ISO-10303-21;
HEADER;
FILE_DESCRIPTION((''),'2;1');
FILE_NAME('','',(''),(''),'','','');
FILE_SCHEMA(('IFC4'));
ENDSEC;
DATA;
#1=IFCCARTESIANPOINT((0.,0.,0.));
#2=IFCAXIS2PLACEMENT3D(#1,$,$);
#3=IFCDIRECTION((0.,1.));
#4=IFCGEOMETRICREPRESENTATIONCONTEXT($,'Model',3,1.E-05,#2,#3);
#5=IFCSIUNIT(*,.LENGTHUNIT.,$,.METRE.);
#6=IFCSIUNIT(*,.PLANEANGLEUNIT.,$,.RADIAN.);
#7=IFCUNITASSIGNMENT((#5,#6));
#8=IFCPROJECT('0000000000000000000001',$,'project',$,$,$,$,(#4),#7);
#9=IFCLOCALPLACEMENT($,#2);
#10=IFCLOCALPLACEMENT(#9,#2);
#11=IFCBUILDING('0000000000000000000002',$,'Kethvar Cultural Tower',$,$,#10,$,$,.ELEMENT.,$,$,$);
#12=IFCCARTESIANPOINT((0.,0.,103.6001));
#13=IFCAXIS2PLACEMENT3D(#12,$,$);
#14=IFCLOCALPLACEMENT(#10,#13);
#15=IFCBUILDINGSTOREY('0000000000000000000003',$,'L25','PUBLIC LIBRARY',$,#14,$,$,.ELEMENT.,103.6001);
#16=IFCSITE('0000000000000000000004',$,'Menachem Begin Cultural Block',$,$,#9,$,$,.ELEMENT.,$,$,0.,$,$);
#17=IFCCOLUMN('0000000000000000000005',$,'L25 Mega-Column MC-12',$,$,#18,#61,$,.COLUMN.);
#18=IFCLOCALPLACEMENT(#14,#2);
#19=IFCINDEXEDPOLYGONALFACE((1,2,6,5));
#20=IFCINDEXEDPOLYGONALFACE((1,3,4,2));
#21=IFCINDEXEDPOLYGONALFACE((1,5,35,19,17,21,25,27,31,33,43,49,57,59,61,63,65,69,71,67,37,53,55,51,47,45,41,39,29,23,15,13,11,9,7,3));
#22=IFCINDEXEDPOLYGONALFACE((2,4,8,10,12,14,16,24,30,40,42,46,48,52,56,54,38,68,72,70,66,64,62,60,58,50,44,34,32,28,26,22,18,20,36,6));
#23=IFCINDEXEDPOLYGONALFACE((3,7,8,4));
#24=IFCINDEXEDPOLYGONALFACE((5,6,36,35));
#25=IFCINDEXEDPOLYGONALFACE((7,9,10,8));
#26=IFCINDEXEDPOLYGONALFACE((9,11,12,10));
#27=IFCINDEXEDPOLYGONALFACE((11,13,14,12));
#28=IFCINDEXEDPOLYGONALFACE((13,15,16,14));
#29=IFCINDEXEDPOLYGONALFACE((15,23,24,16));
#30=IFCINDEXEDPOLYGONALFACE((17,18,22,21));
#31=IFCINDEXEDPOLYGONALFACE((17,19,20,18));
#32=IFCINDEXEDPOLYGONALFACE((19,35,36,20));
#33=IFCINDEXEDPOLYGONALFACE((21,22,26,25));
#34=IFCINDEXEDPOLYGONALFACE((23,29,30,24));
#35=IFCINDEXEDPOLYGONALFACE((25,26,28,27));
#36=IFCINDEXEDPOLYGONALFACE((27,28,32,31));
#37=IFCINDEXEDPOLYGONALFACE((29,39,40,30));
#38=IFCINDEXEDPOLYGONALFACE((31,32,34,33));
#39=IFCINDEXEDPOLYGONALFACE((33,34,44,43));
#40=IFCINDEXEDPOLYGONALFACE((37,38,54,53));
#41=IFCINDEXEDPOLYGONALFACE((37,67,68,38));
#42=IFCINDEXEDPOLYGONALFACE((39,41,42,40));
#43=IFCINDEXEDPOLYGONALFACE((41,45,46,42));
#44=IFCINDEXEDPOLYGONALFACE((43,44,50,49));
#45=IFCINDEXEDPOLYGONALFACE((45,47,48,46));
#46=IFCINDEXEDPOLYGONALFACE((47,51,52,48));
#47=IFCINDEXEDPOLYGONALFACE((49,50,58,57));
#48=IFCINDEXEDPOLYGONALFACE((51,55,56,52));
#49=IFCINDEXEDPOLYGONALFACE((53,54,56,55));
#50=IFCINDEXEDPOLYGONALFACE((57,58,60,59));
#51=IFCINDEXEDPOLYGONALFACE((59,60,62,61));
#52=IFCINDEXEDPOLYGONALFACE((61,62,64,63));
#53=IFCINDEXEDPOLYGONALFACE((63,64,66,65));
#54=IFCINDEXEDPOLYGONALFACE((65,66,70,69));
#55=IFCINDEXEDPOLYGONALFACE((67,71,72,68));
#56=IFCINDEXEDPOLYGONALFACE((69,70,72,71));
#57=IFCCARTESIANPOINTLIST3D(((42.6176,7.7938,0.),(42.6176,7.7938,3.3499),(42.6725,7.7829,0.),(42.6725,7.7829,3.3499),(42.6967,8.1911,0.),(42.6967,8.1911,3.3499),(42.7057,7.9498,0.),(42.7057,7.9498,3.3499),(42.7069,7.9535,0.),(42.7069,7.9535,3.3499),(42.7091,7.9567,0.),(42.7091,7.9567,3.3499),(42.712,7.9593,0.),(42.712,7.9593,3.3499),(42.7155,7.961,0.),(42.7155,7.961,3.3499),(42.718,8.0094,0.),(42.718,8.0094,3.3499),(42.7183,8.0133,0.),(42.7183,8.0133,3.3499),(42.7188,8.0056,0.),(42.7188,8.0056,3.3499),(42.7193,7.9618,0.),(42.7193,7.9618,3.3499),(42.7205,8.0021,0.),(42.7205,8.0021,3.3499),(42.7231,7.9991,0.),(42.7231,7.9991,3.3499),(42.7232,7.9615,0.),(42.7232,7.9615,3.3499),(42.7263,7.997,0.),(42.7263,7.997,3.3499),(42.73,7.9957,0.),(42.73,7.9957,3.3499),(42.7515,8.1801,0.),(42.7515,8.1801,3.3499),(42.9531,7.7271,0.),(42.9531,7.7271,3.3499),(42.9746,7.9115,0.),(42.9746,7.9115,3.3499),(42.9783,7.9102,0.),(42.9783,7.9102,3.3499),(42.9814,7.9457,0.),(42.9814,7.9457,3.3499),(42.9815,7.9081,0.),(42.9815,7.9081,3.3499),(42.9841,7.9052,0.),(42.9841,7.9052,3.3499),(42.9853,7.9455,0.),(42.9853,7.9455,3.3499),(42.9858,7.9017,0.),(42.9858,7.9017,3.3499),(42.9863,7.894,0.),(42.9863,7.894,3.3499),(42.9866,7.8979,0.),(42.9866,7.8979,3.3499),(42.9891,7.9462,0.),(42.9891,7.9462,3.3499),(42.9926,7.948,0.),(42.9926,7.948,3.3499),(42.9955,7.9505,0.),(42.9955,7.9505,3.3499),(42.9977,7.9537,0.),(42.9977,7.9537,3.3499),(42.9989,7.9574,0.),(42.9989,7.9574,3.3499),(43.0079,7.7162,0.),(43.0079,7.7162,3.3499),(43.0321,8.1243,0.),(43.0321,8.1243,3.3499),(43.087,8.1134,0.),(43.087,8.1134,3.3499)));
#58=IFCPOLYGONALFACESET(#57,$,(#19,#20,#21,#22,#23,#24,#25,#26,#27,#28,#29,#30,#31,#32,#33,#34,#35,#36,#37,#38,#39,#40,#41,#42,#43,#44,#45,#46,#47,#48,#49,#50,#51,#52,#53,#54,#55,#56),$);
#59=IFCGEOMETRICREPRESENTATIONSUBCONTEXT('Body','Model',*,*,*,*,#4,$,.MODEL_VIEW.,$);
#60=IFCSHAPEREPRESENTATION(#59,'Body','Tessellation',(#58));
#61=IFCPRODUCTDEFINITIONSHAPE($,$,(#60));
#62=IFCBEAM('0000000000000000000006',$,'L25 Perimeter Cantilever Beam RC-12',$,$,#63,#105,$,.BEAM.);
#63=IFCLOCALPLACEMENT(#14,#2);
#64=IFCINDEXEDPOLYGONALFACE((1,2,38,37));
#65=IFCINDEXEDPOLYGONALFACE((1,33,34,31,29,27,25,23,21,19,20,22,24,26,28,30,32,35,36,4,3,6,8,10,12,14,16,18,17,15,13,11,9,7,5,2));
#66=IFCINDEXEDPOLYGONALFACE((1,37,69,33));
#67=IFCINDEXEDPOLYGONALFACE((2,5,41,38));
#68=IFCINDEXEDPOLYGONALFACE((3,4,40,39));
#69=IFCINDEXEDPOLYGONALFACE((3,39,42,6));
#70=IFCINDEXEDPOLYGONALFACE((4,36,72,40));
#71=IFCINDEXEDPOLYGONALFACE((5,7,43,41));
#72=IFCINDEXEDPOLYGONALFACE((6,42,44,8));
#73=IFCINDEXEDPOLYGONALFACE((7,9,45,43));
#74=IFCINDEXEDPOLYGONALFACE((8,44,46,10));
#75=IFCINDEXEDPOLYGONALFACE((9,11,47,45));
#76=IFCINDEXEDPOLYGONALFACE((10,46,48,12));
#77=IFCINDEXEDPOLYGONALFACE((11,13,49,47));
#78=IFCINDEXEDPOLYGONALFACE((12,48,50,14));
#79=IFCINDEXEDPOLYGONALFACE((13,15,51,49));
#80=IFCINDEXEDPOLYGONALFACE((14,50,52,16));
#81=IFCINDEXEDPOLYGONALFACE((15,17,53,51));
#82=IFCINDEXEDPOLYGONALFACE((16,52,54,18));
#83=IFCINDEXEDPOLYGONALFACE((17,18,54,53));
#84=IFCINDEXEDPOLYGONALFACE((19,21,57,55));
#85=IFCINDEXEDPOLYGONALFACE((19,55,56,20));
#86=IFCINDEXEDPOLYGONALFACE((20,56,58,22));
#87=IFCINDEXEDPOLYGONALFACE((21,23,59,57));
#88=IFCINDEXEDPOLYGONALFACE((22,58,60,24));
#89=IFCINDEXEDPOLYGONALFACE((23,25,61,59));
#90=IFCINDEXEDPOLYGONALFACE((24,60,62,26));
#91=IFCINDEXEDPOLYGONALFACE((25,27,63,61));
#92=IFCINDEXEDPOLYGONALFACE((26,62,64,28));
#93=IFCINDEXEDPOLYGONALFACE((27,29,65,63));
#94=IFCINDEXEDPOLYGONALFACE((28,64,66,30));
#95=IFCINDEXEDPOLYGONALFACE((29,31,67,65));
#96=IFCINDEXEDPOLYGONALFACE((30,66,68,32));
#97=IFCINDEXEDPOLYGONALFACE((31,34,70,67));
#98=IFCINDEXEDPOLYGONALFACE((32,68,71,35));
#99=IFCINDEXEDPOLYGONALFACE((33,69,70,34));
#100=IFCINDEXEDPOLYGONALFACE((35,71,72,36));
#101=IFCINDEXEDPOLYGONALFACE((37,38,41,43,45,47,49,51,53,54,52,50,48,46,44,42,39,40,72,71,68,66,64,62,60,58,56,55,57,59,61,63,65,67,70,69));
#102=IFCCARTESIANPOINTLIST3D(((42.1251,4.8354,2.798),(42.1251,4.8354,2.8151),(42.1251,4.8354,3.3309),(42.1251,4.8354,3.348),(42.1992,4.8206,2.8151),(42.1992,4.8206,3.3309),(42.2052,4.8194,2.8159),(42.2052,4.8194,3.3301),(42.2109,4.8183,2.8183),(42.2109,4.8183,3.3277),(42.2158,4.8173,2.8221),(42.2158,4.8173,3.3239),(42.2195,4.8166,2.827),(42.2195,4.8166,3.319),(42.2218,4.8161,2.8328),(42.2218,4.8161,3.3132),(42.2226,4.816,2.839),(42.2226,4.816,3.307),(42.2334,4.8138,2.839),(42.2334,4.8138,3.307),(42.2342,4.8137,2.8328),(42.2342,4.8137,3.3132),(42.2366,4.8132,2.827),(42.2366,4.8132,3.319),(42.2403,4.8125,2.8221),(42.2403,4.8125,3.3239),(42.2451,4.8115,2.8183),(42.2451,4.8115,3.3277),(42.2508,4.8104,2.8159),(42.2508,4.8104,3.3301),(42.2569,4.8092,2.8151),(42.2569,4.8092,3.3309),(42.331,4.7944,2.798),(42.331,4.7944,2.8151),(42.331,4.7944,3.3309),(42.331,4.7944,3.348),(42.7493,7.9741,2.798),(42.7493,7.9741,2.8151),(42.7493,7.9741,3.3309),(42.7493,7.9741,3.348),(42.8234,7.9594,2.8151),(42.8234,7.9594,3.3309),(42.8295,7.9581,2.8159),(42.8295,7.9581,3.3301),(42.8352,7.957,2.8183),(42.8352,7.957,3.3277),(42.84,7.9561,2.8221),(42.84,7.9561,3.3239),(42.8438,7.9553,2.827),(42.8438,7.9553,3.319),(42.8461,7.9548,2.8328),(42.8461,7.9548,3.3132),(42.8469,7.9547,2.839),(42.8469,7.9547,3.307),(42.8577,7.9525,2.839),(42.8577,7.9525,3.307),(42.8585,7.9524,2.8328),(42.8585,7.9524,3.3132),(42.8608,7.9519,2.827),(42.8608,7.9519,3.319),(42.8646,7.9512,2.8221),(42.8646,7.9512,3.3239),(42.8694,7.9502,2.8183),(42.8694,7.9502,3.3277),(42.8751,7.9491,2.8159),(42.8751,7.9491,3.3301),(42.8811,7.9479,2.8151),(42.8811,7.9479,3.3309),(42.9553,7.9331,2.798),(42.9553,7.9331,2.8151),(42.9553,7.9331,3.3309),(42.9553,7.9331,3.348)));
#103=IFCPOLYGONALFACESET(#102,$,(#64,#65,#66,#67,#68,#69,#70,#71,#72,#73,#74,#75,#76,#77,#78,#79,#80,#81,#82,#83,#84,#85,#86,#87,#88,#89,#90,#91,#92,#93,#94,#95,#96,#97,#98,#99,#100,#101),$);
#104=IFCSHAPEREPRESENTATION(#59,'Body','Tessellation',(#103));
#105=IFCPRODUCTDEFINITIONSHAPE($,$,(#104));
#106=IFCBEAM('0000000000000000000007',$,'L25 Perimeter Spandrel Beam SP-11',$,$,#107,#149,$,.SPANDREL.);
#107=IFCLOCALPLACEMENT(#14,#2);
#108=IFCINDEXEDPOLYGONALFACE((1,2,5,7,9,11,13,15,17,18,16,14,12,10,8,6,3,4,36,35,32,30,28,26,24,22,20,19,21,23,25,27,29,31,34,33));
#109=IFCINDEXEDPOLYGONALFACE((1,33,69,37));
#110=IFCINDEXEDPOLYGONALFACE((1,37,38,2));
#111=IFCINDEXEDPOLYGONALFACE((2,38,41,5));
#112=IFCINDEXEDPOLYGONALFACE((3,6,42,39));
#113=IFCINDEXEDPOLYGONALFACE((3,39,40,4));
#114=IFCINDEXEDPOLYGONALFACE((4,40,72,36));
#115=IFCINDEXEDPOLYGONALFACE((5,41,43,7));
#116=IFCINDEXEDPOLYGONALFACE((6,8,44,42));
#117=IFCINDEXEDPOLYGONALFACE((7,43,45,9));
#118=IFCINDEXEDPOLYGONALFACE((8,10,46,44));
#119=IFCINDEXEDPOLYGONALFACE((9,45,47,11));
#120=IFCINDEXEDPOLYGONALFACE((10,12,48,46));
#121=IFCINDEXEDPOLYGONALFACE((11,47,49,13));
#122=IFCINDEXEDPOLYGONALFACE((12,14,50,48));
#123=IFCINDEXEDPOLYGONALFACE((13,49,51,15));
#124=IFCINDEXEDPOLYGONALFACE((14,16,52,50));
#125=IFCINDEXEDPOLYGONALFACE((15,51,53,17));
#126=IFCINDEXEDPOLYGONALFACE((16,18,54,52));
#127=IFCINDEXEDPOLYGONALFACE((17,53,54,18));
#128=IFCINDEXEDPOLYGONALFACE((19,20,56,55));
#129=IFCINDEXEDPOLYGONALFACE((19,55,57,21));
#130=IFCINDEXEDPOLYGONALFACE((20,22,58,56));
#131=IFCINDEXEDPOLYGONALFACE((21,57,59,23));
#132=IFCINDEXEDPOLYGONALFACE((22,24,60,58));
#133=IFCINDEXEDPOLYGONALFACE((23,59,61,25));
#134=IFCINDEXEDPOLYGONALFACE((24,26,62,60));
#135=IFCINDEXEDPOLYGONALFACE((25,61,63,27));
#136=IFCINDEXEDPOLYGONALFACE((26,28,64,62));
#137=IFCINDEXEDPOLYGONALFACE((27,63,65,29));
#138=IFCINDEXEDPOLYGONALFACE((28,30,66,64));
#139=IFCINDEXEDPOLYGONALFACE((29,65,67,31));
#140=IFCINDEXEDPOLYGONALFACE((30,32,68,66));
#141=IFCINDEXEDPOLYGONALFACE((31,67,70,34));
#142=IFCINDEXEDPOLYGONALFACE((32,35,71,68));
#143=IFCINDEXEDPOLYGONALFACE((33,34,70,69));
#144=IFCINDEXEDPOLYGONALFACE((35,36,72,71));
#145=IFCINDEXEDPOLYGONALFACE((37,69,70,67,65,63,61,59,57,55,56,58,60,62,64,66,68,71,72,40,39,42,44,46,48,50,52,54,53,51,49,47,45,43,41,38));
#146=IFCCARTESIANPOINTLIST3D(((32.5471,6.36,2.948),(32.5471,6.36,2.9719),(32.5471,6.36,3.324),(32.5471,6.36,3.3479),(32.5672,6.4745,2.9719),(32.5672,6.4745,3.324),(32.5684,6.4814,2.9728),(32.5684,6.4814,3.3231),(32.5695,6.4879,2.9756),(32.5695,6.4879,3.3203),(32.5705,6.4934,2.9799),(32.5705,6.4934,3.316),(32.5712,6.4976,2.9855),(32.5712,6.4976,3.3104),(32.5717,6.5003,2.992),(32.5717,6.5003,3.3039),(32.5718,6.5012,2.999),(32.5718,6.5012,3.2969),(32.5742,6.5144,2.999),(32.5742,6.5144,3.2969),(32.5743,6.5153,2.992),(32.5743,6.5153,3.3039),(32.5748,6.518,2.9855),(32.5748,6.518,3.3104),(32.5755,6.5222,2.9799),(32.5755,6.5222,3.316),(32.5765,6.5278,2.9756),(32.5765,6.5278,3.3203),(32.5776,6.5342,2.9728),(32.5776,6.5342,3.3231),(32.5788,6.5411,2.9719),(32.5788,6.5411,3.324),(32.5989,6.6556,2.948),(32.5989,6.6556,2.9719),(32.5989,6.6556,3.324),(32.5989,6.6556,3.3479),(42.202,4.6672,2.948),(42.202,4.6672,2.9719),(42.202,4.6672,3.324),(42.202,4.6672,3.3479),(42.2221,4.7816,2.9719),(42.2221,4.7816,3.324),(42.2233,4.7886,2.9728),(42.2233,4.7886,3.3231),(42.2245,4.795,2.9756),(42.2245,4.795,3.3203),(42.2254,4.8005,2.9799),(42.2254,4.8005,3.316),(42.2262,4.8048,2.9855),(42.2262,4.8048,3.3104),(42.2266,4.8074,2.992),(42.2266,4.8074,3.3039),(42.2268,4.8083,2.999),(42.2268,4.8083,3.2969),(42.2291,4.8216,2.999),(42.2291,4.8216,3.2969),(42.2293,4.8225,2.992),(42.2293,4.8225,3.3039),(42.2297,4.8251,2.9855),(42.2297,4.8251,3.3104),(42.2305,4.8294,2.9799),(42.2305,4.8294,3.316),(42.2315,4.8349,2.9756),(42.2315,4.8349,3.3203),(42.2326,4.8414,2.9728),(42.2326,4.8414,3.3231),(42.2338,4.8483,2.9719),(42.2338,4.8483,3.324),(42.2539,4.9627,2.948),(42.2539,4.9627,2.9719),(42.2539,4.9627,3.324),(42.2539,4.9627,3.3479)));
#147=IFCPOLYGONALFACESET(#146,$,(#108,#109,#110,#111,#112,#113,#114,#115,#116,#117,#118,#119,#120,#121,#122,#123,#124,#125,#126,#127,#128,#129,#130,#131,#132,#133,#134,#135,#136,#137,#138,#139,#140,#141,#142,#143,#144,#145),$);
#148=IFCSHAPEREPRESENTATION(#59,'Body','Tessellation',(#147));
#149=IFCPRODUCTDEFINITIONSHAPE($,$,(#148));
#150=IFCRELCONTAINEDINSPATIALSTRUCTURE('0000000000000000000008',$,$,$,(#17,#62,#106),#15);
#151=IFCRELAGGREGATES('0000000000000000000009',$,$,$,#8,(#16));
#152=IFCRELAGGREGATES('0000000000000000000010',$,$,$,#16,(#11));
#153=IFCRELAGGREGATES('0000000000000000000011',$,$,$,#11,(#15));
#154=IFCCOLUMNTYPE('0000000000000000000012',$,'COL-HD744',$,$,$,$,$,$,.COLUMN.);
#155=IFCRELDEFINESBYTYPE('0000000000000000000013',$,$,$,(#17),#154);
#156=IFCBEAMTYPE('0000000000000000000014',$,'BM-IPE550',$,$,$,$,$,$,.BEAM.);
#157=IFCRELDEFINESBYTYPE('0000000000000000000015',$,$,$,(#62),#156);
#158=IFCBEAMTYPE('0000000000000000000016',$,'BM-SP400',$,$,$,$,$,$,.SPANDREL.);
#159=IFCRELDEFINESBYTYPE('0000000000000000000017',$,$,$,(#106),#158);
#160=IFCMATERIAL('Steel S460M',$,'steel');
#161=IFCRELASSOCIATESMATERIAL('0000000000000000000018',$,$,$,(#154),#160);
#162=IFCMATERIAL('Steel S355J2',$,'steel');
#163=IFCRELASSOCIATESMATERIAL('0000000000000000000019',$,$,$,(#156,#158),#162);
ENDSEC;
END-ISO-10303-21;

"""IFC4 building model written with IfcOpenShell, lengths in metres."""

from ifc_helpers import new_model, si_unit, direction, frame, origin, origin_2d, place, context, subcontext, project, spatial, i_section, extrude, source, transform, mapped, material, material_profile, profile_set, type_object, element, save


model = new_model("IFC4")

# Units and contexts
model_context = context("Model", 3, precision=1e-05, world=origin(), true_north=direction((0.0, 1.0)))
body_context = subcontext(model_context, "Body", "Model", "MODEL_VIEW")
ifc_project = project(units=[si_unit("LENGTHUNIT", "METRE"), si_unit("PLANEANGLEUNIT", "RADIAN")], contexts=[model_context])

# Site, building, storey
site_placement = place(None, origin())
site = spatial("IfcSite", under=ifc_project, at=site_placement, Name="Menachem Begin Cultural Block", CompositionType="ELEMENT", RefElevation=0.0)
building_placement = place(site_placement, origin())
building = spatial("IfcBuilding", under=site, at=building_placement, Name="Kethvar Cultural Tower", CompositionType="ELEMENT")
storey_placement = place(building_placement, frame((0.0, 0.0, 103.6001)))
storey = spatial("IfcBuildingStorey", under=building, at=storey_placement, Name="L25", Description="PUBLIC LIBRARY", CompositionType="ELEMENT", Elevation=103.6001)

# Column
ifc_material_1 = material(Name="Steel S460M", Category="steel")
ifc_material_profile_1 = material_profile(ifc_material_1, i_section(OverallWidth=0.405, OverallDepth=0.3979, WebThickness=0.0349, FlangeThickness=0.0559, FilletRadius=0.0149, at=origin_2d()), Name="Steel S460M — HD400x744")
ifc_profile_set_1 = profile_set([ifc_material_profile_1], Name="Steel S460M — HD400x744")
column_type = type_object("IfcColumnType", Name="COL-HD744", PredefinedType="COLUMN", material=ifc_profile_set_1)
shared_shape_1 = source(origin(), body_context, "Body", "SweptSolid", [
    extrude(i_section(OverallWidth=0.405, OverallDepth=0.3979, WebThickness=0.0349, FlangeThickness=0.0559, FilletRadius=0.0149, at=origin_2d()), origin(), (0.0, 0.0, 1.0), 3.3499),
])
column_placement = place(storey_placement, frame((42.8523, 7.9536, 0.0), z_axis=(0.0, 0.0, 1.0), x_axis=(-0.19509, -0.980785, 0.0)))
element("IfcColumn", 1, at=column_placement, inside=storey, type_object=column_type, Name="L25 Mega-Column MC-12", PredefinedType="COLUMN", context=body_context, shape_type="MappedRepresentation", body=[
    mapped(shared_shape_1, transform((0.0, 0.0, 0.0), scale=1.0)),
])

# Beams
ifc_material_2 = material(Name="Steel S355J2", Category="steel")
ifc_material_profile_2 = material_profile(ifc_material_2, i_section(OverallWidth=0.21, OverallDepth=0.55, WebThickness=0.011, FlangeThickness=0.0171, FilletRadius=0.0239, at=origin_2d()), Name="Steel S355J2 — IPE550")
ifc_profile_set_2 = profile_set([ifc_material_profile_2], Name="Steel S355J2 — IPE550")
beam_type_1 = type_object("IfcBeamType", Name="BM-IPE550", PredefinedType="BEAM", material=ifc_profile_set_2)
shared_shape_2 = source(origin(), body_context, "Body", "SweptSolid", [
    extrude(i_section(OverallWidth=0.21, OverallDepth=0.55, WebThickness=0.011, FlangeThickness=0.0171, FilletRadius=0.0239, at=origin_2d()), origin(), (0.0, 0.0, 1.0), 3.2002),
])
beam_1_placement = place(storey_placement, frame((42.8523, 7.9536, 3.073), z_axis=(-0.195074, -0.980788, 0.0), x_axis=(0.980788, -0.195074, 0.0)))
element("IfcBeam", 2, at=beam_1_placement, inside=storey, type_object=beam_type_1, Name="L25 Perimeter Cantilever Beam RC-12", PredefinedType="BEAM", context=body_context, shape_type="MappedRepresentation", body=[
    mapped(shared_shape_2, transform((0.0, 0.0, 0.0), scale=1.0)),
])
ifc_material_profile_3 = material_profile(ifc_material_2, i_section(OverallWidth=0.3, OverallDepth=0.3999, WebThickness=0.0134, FlangeThickness=0.0239, FilletRadius=0.0271, at=origin_2d()), Name="Steel S355J2 — HEB400")
ifc_profile_set_3 = profile_set([ifc_material_profile_3], Name="Steel S355J2 — HEB400")
beam_type_2 = type_object("IfcBeamType", Name="BM-SP400", PredefinedType="SPANDREL", material=ifc_profile_set_3)
shared_shape_3 = source(origin(), body_context, "Body", "SweptSolid", [
    extrude(i_section(OverallWidth=0.3, OverallDepth=0.3999, WebThickness=0.0134, FlangeThickness=0.0239, FilletRadius=0.0271, at=origin_2d()), origin(), (0.0, 0.0, 1.0), 9.8022),
])
beam_2_placement = place(storey_placement, frame((32.573, 6.5078, 3.1479), z_axis=(0.984974, -0.172701, 0.0), x_axis=(0.172701, 0.984974, 0.0)))
element("IfcBeam", 3, at=beam_2_placement, inside=storey, type_object=beam_type_2, Name="L25 Perimeter Spandrel Beam SP-11", PredefinedType="SPANDREL", context=body_context, shape_type="MappedRepresentation", body=[
    mapped(shared_shape_3, transform((0.0, 0.0, 0.0), scale=1.0)),
])

save(model, "model.ifc")
